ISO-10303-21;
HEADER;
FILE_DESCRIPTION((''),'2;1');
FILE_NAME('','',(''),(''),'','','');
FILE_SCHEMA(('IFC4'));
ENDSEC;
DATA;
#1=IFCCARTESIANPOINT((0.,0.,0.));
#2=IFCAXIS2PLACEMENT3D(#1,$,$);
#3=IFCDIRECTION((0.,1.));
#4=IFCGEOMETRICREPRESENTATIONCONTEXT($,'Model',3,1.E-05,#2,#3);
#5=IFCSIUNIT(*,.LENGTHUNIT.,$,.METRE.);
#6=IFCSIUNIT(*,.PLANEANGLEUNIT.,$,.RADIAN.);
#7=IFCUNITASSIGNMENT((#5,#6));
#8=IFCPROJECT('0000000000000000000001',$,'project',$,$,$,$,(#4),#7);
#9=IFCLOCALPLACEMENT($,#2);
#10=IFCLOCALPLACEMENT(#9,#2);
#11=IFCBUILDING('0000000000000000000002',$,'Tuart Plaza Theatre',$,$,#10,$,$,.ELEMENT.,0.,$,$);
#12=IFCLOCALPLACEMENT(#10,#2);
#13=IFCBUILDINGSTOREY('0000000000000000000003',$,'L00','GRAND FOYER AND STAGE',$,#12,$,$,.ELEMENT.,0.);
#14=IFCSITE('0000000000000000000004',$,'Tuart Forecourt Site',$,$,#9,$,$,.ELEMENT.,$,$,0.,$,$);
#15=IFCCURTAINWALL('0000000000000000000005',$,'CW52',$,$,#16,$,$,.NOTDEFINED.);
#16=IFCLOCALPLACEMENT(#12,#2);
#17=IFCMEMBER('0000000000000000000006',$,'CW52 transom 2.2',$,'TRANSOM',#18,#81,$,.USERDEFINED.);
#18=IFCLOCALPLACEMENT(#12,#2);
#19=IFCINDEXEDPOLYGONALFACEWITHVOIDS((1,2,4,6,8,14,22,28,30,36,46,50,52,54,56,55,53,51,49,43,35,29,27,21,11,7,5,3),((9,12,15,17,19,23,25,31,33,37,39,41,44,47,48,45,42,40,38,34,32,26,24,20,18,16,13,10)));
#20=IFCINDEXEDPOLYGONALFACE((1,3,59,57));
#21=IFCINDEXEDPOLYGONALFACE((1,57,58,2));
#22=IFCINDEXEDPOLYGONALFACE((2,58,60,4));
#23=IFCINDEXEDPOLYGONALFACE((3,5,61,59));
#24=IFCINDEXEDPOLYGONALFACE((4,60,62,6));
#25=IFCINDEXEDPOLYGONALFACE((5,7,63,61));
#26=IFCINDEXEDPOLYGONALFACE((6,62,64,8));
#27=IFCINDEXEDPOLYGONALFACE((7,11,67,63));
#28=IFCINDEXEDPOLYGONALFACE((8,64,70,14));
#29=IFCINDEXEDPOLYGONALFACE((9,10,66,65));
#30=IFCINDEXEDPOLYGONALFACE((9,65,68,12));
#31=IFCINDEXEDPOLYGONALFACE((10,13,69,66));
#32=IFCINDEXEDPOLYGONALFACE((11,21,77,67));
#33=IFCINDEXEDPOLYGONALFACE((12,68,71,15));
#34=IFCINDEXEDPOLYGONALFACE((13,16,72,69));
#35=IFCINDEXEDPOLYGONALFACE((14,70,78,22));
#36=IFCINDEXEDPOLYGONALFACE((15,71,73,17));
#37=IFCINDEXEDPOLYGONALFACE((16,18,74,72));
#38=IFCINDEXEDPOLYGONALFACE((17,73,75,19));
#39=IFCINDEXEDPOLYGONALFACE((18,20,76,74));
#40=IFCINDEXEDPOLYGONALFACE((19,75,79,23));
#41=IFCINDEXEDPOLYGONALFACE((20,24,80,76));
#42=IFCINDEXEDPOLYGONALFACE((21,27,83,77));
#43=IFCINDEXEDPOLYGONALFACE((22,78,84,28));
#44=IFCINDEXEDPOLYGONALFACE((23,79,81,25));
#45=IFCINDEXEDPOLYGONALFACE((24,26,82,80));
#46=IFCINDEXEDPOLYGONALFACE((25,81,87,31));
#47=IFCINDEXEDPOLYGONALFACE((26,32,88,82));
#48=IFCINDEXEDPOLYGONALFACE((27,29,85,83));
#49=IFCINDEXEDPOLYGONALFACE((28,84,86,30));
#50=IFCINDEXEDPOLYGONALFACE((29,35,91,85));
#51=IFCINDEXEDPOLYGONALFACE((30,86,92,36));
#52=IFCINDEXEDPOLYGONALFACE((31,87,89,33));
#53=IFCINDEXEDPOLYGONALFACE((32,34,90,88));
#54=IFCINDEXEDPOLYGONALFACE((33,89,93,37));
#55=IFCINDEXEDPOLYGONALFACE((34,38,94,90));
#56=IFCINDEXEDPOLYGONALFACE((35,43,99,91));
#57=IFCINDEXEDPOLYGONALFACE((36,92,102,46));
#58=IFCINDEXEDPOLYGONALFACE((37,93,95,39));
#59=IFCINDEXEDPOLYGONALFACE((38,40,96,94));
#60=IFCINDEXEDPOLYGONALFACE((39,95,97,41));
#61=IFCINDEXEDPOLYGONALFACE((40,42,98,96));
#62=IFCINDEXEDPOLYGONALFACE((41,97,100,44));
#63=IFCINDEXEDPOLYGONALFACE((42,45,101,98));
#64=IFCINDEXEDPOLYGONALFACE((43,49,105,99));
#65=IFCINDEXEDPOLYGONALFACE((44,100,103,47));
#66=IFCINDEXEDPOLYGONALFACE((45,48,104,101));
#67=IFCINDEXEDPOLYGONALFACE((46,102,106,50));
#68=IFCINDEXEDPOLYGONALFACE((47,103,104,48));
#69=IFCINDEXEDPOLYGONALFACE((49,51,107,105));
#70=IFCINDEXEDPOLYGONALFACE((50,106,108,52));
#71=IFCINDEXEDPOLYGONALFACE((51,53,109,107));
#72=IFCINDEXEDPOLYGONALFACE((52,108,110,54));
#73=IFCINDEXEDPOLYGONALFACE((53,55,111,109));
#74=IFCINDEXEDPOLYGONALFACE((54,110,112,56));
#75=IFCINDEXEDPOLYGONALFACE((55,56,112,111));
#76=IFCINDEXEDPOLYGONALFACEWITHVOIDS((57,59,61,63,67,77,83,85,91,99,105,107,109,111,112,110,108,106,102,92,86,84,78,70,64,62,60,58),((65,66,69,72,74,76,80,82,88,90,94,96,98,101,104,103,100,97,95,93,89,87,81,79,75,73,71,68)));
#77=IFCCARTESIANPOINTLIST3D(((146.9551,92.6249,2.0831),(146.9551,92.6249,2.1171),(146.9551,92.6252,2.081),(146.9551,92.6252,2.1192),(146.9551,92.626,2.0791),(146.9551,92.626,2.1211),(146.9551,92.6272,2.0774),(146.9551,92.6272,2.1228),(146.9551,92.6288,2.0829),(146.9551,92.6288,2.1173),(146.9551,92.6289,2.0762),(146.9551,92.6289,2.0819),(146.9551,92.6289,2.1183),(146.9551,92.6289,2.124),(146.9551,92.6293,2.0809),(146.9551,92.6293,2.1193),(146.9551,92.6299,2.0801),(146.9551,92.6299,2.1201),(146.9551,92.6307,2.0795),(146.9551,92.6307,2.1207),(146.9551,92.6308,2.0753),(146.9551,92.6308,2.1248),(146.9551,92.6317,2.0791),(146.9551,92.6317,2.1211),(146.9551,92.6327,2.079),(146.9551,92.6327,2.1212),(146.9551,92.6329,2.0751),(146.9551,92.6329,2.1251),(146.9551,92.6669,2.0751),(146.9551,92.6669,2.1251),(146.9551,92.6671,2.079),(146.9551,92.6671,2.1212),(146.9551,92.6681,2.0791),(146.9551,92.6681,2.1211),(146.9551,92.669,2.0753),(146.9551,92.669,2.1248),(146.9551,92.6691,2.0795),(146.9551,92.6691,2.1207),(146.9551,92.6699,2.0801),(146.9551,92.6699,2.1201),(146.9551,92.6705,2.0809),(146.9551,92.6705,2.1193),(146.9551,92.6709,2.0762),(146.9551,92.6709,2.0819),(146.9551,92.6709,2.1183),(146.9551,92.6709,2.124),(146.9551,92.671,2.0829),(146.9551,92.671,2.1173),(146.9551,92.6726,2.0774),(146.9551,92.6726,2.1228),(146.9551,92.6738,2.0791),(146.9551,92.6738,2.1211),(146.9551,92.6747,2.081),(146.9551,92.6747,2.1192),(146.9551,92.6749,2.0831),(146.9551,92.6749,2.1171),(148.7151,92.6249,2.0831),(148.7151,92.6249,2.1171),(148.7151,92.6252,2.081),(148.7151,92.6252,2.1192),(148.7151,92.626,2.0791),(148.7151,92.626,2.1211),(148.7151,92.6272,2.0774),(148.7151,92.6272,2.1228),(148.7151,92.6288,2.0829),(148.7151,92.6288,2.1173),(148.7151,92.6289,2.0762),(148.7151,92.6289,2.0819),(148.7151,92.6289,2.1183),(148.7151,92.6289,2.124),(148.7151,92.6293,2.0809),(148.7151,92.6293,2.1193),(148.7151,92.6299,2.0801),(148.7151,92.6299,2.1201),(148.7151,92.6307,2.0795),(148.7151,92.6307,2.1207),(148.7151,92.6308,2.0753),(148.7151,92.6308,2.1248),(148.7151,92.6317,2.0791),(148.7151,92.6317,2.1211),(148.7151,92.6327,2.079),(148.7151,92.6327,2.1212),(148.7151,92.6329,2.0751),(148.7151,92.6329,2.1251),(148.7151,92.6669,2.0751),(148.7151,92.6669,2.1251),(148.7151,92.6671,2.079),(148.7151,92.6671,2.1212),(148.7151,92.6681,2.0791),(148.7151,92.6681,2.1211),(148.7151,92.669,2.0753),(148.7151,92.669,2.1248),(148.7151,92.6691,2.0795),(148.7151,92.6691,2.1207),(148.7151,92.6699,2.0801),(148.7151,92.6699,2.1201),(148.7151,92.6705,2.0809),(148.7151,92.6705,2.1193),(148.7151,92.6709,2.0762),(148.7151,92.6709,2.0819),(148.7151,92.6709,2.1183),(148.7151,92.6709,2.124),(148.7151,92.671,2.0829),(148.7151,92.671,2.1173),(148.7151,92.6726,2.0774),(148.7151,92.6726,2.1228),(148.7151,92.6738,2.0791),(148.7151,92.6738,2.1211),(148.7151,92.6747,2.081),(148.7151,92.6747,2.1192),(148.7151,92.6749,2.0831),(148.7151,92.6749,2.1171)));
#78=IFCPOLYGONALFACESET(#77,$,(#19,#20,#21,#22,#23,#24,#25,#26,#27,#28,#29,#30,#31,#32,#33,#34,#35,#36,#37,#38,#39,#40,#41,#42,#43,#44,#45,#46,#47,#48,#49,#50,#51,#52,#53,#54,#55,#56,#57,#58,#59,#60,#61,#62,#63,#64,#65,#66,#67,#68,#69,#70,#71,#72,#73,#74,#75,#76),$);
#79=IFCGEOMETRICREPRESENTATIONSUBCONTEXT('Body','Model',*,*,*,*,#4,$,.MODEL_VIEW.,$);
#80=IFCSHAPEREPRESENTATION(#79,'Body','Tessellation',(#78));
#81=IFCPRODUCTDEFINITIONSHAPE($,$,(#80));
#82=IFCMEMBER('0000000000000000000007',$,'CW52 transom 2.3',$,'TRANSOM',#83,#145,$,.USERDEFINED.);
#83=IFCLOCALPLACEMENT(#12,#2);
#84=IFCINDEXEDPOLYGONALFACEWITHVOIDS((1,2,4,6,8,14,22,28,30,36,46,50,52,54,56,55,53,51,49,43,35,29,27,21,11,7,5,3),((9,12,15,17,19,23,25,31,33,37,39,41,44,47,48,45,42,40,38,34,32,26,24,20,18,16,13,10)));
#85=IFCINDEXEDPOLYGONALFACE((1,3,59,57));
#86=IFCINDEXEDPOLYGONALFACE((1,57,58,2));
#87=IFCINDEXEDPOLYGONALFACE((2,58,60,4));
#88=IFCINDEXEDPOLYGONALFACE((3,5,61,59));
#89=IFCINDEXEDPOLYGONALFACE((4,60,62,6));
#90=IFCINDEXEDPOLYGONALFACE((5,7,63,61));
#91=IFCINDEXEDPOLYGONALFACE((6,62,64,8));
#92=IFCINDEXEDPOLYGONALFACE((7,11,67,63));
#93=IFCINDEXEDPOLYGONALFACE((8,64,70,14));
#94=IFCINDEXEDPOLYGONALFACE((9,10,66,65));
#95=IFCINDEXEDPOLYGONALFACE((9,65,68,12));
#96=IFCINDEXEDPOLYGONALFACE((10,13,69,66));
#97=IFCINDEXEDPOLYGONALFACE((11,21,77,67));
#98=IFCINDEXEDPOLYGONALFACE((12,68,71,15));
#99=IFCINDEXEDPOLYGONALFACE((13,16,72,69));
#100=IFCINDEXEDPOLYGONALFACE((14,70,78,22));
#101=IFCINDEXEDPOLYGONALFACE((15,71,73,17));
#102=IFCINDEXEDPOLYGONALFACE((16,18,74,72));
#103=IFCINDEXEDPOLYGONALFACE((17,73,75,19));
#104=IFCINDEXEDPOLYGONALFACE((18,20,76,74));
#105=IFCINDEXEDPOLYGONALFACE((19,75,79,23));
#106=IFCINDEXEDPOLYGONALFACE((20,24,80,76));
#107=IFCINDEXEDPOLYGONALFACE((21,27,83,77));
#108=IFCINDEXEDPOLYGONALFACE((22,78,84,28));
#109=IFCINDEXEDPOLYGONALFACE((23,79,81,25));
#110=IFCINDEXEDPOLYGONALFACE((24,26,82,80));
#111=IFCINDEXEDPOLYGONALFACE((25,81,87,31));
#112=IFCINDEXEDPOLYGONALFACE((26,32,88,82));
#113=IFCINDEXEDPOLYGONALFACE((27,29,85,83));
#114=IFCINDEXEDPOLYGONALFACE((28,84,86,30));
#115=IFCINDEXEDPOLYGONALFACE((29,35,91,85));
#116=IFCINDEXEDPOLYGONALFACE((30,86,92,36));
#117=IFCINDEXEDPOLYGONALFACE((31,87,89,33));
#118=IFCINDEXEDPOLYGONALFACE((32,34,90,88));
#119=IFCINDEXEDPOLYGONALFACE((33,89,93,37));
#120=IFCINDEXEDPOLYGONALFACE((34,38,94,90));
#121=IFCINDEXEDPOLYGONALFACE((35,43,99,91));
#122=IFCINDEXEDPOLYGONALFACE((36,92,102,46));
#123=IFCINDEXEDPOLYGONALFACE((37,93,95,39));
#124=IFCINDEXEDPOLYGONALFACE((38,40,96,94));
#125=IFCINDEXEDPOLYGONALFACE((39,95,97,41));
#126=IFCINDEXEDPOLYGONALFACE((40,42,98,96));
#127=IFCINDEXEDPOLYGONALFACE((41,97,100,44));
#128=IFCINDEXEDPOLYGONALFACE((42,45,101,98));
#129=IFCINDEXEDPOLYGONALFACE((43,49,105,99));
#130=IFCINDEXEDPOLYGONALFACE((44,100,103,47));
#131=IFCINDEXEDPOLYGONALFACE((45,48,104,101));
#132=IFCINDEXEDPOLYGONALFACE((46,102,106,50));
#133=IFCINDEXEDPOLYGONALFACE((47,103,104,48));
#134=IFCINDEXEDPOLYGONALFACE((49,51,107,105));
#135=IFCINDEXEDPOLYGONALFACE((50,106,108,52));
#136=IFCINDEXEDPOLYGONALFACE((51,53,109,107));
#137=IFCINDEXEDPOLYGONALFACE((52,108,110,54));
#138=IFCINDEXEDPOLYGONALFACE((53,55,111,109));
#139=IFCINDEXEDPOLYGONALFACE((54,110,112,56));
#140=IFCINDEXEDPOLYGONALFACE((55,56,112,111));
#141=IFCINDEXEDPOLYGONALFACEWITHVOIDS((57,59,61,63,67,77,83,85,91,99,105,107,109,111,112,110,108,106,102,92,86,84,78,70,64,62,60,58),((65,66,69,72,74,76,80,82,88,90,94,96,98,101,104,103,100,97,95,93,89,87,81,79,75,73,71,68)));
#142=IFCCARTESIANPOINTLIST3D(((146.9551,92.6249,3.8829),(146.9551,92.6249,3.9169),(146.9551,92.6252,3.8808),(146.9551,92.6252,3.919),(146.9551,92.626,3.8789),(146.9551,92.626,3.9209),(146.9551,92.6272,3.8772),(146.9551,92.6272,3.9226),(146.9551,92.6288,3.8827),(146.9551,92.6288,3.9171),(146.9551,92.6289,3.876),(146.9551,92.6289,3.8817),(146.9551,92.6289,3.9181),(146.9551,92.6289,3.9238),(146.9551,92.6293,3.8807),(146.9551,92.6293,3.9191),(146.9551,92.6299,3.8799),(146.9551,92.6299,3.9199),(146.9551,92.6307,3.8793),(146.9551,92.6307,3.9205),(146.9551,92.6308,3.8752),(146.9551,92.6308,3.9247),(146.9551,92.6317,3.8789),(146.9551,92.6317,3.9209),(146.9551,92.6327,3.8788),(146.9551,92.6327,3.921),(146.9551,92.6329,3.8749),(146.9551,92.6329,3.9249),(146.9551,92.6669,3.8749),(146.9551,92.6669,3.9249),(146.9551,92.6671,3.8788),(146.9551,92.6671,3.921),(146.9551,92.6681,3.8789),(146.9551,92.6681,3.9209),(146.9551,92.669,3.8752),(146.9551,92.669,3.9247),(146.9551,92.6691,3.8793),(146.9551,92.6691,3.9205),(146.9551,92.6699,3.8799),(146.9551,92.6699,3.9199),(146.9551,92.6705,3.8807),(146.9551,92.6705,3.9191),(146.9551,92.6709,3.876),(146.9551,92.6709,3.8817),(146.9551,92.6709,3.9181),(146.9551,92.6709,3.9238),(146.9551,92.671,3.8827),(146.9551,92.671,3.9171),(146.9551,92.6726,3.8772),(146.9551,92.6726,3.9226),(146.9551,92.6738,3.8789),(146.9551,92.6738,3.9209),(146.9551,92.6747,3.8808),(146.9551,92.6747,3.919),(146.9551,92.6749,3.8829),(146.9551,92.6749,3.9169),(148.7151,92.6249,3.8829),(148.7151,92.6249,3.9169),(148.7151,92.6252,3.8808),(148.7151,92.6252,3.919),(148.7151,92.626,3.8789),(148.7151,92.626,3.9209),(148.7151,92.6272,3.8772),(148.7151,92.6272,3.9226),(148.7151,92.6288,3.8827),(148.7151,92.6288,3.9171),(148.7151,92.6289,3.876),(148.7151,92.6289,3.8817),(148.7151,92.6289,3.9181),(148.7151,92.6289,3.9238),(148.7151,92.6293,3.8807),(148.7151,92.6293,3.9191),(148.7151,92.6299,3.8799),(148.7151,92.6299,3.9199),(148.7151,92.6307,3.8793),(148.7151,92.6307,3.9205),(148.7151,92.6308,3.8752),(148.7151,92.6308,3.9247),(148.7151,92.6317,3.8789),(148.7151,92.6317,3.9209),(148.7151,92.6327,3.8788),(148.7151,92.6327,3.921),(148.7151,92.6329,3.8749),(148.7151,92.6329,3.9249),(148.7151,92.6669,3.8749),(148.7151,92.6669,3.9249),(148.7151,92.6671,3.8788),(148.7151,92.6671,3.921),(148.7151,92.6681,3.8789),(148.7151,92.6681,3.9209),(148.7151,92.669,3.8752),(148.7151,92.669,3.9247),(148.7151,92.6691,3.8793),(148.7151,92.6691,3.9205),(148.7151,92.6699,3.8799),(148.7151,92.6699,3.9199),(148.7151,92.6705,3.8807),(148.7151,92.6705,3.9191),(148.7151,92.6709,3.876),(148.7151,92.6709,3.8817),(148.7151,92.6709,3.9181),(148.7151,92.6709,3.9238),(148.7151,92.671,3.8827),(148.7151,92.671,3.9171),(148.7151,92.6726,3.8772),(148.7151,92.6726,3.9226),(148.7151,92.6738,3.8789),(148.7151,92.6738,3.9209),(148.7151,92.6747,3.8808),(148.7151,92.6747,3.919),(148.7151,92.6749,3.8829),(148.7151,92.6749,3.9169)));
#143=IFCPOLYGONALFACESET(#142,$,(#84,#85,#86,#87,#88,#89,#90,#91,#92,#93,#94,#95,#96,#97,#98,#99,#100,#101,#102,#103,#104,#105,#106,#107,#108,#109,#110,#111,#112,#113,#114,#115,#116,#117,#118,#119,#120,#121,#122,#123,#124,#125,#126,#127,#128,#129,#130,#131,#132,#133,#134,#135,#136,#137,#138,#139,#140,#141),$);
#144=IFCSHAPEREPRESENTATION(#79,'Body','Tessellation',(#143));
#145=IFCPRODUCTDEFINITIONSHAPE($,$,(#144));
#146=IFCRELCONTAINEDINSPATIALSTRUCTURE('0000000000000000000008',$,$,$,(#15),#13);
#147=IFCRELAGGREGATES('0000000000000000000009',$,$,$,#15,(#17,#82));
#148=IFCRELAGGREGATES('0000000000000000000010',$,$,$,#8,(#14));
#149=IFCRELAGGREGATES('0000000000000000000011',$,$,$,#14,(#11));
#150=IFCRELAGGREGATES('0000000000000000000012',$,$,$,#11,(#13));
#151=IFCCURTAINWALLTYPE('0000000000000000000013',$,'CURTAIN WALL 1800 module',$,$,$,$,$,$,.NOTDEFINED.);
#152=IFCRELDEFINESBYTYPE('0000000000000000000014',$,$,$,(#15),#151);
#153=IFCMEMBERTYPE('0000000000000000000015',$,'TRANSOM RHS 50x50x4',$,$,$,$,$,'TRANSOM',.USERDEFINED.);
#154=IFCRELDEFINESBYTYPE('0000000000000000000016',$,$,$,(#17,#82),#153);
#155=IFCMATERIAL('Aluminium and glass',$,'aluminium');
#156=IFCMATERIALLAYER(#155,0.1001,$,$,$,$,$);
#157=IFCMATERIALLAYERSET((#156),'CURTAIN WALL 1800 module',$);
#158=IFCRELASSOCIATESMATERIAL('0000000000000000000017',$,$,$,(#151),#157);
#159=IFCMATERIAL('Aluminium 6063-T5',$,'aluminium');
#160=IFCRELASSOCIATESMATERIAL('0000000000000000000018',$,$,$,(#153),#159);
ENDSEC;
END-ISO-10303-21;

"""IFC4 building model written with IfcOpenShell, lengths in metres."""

from ifc_helpers import new_model, si_unit, direction, frame, origin, origin_2d, place, context, subcontext, project, spatial, hollow_rectangle, extrude, material, layer, layer_set, material_profile, profile_set, type_object, element, aggregate, save


model = new_model("IFC4")

# Units and contexts
model_context = context("Model", 3, precision=1e-05, world=origin(), true_north=direction((0.0, 1.0)))
body_context = subcontext(model_context, "Body", "Model", "MODEL_VIEW")
ifc_project = project(units=[si_unit("LENGTHUNIT", "METRE"), si_unit("PLANEANGLEUNIT", "RADIAN")], contexts=[model_context])

# Site, building, storey
site_placement = place(None, origin())
site = spatial("IfcSite", under=ifc_project, at=site_placement, Name="Tuart Forecourt Site", CompositionType="ELEMENT", RefElevation=0.0)
building_placement = place(site_placement, origin())
building = spatial("IfcBuilding", under=site, at=building_placement, Name="Tuart Plaza Theatre", CompositionType="ELEMENT", ElevationOfRefHeight=0.0)
storey_placement = place(building_placement, origin())
storey = spatial("IfcBuildingStorey", under=building, at=storey_placement, Name="L00", Description="GRAND FOYER AND STAGE", CompositionType="ELEMENT", Elevation=0.0)

# Curtain wall, members
ifc_material_1 = material(Name="Aluminium and glass", Category="aluminium")
ifc_layer_1 = layer(ifc_material_1, 0.1001)
ifc_layer_set_1 = layer_set([ifc_layer_1], Name="CURTAIN WALL 1800 module")
curtain_wall_type = type_object("IfcCurtainWallType", Name="CURTAIN WALL 1800 module", PredefinedType="NOTDEFINED", material=ifc_layer_set_1)
curtain_wall_placement = place(storey_placement, origin())
curtain_wall = element("IfcCurtainWall", 1, at=curtain_wall_placement, inside=storey, type_object=curtain_wall_type, Name="CW52", PredefinedType="NOTDEFINED")
ifc_material_2 = material(Name="Aluminium 6063-T5", Category="aluminium")
ifc_material_profile_1 = material_profile(ifc_material_2, hollow_rectangle(XDim=0.05, YDim=0.05, WallThickness=0.0039, InnerFilletRadius=0.0039, OuterFilletRadius=0.0081, at=origin_2d()), Name="RHS 50x50x4")
ifc_profile_set_1 = profile_set([ifc_material_profile_1], Name="Aluminium 6063-T5")
member_type_1 = type_object("IfcMemberType", Name="TRANSOM RHS 50x50x4", ElementType="TRANSOM", PredefinedType="USERDEFINED", material=ifc_profile_set_1)
member_1_placement = place(storey_placement, frame((148.7151, 92.6499, 2.1001), z_axis=(-1.0, 0.0, 0.0), x_axis=(0.0, -1.0, 0.0)))
member_1 = element("IfcMember", 2, at=member_1_placement, type_object=member_type_1, Name="CW52 transom 2.2", ObjectType="TRANSOM", PredefinedType="USERDEFINED", context=body_context, shape_type="SweptSolid", body=[
    extrude(hollow_rectangle(XDim=0.05, YDim=0.05, WallThickness=0.0039, InnerFilletRadius=0.0039, OuterFilletRadius=0.0081, at=origin_2d()), origin(), (0.0, 0.0, 1.0), 1.76),
])
member_2_placement = place(storey_placement, frame((148.7151, 92.6499, 3.8999), z_axis=(-1.0, 0.0, 0.0), x_axis=(0.0, -1.0, 0.0)))
member_2 = element("IfcMember", 3, at=member_2_placement, type_object=member_type_1, Name="CW52 transom 2.3", ObjectType="TRANSOM", PredefinedType="USERDEFINED", context=body_context, shape_type="SweptSolid", body=[
    extrude(hollow_rectangle(XDim=0.05, YDim=0.05, WallThickness=0.0039, InnerFilletRadius=0.0039, OuterFilletRadius=0.0081, at=origin_2d()), origin(), (0.0, 0.0, 1.0), 1.76),
])
aggregate(curtain_wall, [member_1, member_2])

save(model, "model.ifc")
